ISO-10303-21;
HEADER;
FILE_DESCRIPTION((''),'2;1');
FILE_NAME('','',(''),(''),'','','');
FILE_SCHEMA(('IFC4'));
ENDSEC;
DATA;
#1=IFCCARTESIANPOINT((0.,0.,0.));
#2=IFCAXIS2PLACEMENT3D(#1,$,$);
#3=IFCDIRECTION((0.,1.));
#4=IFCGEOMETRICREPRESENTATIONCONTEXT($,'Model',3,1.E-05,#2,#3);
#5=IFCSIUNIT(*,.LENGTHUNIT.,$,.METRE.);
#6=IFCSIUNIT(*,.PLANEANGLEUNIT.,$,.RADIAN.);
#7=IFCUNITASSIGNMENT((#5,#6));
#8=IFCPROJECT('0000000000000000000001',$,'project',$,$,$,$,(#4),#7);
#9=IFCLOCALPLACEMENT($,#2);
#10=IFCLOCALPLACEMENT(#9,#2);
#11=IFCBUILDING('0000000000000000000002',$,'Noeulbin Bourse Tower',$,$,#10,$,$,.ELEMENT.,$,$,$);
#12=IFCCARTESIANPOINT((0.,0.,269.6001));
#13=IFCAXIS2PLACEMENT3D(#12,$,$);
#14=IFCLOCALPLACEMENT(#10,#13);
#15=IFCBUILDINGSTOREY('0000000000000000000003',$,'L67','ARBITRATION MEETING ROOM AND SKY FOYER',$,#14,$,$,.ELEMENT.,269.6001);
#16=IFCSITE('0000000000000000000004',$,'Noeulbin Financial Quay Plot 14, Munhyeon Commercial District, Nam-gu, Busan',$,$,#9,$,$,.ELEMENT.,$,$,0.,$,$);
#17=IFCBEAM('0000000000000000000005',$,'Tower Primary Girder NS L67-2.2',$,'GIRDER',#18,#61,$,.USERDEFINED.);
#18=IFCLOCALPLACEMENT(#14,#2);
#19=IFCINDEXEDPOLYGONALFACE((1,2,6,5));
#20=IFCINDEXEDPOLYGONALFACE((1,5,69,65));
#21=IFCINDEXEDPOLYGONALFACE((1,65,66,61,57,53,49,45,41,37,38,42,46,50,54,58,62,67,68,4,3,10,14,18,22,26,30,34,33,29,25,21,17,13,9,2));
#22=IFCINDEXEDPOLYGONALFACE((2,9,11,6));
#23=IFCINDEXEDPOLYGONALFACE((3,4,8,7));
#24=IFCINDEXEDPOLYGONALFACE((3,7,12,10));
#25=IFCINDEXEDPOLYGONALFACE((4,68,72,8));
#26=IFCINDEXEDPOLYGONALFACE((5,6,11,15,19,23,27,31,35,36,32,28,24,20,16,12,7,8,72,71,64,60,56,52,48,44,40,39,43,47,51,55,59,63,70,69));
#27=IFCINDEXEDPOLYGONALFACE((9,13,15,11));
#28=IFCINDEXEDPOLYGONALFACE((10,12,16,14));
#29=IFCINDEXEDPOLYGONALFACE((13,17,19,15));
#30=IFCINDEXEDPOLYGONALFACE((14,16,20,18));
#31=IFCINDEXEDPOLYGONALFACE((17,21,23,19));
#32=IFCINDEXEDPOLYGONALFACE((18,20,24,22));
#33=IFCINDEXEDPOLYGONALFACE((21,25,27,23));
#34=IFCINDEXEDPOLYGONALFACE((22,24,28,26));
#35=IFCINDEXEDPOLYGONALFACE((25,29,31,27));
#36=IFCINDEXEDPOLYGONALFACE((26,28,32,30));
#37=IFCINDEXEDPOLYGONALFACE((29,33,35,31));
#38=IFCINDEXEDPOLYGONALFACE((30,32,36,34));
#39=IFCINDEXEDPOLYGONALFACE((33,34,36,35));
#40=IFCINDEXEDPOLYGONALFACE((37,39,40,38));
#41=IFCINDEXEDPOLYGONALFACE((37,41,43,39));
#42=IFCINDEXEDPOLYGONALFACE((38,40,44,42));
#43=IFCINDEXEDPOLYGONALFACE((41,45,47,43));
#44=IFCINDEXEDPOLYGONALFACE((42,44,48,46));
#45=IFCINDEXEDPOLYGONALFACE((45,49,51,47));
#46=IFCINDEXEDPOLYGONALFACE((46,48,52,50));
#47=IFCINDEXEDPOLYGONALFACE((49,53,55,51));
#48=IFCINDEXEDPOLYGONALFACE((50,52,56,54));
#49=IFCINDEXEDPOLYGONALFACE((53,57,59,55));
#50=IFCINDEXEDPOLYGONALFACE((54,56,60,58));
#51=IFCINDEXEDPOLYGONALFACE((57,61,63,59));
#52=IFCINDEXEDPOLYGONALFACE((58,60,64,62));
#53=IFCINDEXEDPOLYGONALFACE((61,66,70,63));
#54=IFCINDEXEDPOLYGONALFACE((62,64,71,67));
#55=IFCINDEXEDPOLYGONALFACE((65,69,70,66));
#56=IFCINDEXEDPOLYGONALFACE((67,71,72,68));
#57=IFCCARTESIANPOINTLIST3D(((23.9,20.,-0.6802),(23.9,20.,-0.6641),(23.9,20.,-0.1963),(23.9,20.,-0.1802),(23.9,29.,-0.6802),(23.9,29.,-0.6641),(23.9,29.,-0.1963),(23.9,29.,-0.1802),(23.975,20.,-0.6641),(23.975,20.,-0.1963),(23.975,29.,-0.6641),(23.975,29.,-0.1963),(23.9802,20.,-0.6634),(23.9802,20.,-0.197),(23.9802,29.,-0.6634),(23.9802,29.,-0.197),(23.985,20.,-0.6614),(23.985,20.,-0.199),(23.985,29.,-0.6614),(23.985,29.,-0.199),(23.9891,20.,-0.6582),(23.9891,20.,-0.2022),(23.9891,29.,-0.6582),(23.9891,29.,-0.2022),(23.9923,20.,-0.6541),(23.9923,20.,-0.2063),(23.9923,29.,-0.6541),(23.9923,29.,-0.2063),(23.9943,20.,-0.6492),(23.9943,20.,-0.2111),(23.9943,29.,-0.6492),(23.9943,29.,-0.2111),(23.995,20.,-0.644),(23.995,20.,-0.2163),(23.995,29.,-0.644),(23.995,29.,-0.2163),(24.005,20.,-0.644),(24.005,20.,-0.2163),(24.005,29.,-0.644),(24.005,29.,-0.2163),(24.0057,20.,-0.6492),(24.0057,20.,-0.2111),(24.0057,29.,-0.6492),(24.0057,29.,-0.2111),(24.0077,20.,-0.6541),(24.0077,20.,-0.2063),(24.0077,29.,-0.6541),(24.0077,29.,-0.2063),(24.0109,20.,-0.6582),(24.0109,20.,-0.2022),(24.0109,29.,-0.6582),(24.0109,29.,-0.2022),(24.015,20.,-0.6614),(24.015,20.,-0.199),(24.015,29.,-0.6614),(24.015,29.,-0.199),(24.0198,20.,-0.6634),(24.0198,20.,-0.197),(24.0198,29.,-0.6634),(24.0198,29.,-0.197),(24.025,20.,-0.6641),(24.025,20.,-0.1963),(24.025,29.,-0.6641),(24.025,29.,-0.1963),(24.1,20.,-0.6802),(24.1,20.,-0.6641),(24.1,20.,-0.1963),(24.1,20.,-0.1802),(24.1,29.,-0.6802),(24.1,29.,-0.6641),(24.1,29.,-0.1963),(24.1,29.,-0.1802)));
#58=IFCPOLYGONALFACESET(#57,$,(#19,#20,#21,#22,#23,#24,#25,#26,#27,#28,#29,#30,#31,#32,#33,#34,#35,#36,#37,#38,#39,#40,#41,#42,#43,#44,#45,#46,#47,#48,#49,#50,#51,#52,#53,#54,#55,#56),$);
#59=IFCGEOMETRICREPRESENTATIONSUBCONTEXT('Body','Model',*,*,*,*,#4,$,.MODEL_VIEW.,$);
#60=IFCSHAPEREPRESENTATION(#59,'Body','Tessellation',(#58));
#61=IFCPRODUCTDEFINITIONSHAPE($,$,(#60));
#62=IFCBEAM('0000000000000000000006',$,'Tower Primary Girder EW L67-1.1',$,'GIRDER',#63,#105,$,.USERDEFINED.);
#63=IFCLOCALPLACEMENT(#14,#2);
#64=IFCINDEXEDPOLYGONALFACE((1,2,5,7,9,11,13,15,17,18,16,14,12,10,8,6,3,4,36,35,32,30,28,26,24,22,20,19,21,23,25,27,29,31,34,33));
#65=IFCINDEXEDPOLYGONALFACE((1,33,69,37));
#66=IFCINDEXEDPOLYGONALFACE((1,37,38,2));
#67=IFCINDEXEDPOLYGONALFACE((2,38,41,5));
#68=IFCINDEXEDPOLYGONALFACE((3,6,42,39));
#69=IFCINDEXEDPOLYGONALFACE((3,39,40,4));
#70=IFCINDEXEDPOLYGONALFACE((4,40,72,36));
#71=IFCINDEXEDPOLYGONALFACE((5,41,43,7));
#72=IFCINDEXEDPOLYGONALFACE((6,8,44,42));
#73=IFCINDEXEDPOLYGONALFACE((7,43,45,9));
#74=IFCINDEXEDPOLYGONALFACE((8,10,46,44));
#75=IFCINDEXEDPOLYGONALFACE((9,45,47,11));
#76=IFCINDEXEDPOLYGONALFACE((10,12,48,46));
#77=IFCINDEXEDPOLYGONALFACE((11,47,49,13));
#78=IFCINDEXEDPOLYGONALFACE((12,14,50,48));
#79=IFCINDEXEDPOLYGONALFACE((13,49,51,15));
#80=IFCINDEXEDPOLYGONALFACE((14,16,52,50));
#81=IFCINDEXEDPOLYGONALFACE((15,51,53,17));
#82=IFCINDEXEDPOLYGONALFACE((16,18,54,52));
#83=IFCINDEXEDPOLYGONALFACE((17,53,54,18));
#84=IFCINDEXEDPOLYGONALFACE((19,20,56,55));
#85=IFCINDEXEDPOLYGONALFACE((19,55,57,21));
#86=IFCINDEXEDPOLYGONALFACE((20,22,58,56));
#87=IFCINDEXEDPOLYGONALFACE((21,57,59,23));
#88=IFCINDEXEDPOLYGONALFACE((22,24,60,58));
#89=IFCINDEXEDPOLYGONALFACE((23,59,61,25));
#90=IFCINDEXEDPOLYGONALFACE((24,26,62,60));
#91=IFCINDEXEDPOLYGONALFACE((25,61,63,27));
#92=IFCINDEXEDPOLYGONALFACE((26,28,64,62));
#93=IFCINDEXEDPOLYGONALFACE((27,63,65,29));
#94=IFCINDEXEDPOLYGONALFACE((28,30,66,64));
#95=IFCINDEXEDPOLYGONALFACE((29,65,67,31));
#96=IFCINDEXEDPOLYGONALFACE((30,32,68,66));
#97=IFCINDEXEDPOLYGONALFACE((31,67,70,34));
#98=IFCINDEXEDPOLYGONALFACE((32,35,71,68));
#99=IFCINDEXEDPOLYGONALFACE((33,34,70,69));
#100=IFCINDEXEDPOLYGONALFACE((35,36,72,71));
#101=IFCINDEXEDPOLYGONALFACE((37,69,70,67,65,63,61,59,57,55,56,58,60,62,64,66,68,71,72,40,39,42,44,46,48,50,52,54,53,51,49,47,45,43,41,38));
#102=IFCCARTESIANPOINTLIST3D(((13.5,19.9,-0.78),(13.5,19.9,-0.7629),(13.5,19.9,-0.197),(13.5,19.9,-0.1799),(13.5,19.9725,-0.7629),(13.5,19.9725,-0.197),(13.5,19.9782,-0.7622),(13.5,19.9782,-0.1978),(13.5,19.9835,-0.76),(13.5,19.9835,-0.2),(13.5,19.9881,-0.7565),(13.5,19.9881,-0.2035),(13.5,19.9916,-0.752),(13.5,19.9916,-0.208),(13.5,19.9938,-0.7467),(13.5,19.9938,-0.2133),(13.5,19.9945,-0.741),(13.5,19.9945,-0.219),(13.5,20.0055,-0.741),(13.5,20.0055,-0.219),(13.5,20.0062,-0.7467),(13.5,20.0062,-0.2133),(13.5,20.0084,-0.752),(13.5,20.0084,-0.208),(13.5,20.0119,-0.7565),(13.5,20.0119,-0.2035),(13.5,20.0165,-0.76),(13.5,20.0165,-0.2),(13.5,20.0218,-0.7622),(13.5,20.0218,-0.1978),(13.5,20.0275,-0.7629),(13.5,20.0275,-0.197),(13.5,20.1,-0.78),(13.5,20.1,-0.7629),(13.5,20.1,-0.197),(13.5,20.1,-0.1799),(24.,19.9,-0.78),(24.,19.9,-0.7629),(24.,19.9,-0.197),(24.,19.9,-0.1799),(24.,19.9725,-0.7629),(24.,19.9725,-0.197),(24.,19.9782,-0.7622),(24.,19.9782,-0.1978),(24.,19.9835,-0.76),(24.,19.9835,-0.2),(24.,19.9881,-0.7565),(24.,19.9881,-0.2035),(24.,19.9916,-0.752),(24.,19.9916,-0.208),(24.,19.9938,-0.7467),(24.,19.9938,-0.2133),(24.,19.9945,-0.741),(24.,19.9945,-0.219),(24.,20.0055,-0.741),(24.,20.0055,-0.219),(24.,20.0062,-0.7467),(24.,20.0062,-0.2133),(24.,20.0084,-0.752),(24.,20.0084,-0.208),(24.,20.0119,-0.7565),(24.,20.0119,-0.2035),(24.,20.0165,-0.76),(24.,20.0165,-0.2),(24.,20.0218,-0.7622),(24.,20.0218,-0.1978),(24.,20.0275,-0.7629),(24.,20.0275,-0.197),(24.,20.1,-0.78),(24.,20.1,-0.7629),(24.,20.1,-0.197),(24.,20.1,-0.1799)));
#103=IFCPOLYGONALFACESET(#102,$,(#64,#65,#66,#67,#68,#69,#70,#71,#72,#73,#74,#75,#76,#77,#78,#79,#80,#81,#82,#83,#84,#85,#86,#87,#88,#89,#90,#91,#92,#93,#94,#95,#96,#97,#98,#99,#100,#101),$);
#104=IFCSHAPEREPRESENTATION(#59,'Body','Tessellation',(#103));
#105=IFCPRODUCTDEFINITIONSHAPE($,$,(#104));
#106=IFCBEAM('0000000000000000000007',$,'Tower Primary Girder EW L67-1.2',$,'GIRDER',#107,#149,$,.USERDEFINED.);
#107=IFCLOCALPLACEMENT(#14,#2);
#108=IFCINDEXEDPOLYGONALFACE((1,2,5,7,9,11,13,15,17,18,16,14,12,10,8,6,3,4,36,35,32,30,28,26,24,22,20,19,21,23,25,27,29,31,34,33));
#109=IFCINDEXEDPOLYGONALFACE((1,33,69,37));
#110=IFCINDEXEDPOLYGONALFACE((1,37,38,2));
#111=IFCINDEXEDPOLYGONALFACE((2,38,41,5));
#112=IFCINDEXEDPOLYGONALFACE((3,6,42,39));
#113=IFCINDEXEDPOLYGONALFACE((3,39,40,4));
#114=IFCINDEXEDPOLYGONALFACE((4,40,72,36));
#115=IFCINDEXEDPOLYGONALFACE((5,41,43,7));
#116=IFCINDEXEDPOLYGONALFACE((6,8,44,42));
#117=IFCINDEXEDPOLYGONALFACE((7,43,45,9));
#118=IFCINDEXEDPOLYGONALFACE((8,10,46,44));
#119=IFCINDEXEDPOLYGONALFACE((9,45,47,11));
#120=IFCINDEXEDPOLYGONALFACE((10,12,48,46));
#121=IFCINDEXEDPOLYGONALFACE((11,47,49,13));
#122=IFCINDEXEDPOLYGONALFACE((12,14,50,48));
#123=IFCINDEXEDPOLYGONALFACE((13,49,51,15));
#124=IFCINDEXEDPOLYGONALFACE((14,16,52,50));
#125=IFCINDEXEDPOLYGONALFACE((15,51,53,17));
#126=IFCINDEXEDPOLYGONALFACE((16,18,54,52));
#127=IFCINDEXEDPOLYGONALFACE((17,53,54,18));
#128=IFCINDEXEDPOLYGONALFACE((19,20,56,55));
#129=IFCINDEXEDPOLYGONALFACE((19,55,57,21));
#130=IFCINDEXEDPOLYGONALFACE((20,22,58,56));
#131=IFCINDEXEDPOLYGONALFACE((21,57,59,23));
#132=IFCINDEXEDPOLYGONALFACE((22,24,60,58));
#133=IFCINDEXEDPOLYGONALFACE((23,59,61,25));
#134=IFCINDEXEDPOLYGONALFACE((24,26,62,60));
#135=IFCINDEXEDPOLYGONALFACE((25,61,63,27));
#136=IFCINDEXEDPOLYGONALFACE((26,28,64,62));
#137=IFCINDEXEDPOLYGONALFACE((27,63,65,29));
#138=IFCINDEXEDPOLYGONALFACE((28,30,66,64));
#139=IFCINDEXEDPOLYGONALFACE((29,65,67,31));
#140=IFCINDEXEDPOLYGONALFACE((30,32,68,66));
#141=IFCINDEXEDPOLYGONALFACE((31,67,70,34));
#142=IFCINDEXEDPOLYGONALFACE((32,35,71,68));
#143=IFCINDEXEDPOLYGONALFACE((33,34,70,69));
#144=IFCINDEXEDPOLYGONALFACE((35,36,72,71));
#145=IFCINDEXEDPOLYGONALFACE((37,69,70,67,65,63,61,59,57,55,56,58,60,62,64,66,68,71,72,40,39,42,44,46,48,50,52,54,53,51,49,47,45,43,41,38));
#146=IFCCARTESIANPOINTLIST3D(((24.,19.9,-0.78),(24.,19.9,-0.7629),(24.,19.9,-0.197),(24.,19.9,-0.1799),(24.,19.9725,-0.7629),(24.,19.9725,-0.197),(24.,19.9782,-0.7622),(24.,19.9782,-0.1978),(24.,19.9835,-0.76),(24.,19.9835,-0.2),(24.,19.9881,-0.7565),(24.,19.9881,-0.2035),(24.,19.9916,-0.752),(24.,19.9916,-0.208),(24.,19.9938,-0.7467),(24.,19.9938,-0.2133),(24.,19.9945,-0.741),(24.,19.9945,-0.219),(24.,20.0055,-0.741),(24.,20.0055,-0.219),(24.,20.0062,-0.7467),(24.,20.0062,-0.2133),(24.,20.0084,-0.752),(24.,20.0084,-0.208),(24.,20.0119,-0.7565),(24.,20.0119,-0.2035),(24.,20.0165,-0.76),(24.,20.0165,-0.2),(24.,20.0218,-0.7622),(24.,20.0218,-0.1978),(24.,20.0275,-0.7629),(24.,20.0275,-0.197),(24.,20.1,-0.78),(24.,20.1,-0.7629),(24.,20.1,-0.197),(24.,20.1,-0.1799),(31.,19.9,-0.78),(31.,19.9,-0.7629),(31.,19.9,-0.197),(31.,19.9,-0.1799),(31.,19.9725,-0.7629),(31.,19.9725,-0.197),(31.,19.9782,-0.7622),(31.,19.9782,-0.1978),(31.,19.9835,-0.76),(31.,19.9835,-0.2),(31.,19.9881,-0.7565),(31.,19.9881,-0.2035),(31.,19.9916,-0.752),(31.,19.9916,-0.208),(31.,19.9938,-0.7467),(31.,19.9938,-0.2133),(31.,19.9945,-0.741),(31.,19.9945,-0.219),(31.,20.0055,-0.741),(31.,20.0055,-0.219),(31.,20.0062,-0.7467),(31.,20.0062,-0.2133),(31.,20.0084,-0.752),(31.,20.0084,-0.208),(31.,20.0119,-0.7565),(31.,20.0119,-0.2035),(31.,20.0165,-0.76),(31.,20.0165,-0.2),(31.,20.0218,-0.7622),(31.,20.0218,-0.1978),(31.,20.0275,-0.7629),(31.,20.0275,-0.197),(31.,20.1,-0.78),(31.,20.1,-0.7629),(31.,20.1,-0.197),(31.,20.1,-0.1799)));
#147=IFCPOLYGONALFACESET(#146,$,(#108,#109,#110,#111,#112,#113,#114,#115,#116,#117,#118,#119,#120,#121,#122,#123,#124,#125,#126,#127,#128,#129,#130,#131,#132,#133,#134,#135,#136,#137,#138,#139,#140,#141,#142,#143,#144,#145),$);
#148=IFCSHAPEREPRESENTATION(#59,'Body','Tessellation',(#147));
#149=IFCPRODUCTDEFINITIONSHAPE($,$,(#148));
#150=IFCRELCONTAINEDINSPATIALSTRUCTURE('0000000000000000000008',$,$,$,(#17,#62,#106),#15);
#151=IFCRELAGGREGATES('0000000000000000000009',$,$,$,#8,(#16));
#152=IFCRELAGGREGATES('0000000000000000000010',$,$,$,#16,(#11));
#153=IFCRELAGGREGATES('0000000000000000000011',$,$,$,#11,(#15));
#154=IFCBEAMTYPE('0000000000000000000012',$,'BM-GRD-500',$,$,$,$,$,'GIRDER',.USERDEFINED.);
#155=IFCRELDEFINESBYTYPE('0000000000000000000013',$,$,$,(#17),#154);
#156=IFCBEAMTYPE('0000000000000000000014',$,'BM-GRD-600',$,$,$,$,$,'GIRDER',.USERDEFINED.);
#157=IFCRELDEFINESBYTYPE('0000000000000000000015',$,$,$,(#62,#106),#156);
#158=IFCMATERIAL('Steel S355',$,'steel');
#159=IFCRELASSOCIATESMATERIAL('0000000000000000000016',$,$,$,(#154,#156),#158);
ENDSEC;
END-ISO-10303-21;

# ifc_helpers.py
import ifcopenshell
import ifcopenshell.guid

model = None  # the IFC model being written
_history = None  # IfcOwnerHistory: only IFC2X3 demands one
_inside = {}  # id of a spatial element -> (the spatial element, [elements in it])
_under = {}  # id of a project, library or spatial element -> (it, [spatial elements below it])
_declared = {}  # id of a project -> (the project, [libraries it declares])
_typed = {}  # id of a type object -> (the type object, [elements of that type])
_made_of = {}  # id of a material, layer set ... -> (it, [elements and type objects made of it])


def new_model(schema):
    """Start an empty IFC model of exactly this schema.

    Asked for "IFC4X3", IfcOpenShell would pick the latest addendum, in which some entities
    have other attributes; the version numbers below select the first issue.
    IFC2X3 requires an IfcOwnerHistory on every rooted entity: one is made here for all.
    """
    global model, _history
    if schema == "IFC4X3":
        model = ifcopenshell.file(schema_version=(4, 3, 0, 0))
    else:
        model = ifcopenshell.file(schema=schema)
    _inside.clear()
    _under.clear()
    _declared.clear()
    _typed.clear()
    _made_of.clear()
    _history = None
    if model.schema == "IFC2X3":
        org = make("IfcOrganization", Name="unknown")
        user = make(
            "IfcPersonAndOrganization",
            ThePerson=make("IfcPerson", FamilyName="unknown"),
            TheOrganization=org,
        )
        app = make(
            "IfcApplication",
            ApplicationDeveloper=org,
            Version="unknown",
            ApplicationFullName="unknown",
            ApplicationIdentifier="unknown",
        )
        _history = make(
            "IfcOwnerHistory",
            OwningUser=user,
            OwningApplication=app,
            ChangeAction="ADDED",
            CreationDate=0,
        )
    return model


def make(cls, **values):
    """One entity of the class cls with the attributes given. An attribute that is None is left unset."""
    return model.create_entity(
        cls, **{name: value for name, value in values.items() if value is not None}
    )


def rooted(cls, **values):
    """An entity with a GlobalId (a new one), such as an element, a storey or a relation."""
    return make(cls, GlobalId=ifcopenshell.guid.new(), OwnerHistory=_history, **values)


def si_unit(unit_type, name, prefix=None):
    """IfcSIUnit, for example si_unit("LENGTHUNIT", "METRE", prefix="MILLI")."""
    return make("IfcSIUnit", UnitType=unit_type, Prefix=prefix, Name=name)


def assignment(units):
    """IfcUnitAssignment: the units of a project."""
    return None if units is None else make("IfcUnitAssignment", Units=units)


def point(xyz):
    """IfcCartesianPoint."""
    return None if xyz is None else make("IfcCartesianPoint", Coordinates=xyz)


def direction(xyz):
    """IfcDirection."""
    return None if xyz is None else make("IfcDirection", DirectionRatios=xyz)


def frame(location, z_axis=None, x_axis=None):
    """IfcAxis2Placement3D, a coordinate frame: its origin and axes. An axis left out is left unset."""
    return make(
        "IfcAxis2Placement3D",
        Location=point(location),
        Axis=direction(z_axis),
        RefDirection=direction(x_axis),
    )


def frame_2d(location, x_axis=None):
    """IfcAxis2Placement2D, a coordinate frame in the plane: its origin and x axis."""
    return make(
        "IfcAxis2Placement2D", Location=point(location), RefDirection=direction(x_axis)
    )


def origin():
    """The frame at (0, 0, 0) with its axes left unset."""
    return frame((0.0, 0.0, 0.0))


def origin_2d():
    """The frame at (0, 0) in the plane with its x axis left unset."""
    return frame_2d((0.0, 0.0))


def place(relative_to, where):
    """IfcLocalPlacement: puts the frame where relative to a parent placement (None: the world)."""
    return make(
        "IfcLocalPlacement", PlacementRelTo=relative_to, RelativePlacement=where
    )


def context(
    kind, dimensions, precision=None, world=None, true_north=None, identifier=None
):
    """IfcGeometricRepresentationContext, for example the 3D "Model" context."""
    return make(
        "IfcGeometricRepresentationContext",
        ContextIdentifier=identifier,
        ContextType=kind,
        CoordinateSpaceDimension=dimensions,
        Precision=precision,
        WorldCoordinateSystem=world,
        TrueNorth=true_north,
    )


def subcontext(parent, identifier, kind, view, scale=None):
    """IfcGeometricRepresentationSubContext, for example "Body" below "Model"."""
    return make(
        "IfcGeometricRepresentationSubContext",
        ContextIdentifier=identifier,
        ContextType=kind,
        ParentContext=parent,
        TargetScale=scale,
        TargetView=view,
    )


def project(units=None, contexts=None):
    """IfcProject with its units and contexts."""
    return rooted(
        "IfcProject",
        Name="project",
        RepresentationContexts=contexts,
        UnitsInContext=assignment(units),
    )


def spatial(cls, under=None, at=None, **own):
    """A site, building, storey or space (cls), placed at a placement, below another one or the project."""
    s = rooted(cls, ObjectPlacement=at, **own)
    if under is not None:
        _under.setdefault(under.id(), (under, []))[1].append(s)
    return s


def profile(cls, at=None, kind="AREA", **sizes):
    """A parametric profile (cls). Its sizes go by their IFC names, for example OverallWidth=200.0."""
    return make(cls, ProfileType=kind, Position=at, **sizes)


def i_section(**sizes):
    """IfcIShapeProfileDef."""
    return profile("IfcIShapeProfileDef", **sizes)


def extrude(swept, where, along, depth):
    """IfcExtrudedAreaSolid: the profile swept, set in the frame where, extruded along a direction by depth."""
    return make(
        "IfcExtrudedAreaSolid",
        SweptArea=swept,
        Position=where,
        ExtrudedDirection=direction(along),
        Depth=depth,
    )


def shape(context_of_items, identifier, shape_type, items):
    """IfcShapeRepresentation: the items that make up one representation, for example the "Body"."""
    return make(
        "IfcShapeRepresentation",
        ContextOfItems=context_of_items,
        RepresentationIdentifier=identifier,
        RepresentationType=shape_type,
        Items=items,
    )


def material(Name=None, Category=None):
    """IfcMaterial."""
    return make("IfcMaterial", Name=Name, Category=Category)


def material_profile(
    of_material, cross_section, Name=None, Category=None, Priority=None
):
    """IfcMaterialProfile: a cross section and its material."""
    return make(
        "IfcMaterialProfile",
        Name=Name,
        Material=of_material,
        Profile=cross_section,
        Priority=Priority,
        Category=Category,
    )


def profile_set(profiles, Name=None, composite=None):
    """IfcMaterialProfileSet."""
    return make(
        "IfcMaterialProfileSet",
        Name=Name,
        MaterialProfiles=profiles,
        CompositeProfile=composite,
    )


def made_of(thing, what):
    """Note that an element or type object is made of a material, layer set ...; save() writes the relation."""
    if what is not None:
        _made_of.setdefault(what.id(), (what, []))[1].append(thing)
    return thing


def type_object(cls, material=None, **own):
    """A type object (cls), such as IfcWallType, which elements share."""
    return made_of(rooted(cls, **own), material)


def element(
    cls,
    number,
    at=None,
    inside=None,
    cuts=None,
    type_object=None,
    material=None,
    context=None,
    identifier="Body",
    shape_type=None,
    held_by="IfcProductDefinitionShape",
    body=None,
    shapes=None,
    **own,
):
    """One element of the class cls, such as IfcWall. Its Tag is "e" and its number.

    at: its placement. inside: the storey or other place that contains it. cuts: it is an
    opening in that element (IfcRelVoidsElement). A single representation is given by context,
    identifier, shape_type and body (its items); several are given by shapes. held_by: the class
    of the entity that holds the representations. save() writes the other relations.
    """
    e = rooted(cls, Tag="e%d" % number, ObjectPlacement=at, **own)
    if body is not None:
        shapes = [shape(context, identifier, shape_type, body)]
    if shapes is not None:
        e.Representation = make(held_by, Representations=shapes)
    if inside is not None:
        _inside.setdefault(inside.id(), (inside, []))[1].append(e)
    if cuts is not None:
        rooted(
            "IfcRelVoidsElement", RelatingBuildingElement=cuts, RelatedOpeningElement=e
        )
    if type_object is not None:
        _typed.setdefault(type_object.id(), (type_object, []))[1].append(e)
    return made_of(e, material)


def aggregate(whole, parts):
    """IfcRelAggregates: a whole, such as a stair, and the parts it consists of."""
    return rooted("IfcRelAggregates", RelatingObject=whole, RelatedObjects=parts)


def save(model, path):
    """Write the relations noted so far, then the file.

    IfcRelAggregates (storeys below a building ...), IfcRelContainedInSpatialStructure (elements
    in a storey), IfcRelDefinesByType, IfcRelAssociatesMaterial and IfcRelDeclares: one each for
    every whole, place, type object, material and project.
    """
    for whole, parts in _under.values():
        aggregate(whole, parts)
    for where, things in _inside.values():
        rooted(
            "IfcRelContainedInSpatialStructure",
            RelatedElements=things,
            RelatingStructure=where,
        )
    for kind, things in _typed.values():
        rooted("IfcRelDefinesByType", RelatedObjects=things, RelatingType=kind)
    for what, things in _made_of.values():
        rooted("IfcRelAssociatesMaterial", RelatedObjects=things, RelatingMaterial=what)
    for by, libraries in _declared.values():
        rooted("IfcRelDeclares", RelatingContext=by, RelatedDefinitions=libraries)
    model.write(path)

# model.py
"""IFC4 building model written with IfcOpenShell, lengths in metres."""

from ifc_helpers import new_model, si_unit, direction, frame, origin, origin_2d, place, context, subcontext, project, spatial, i_section, extrude, material, material_profile, profile_set, type_object, element, save


model = new_model("IFC4")

# Units and contexts
model_context = context("Model", 3, precision=1e-05, world=origin(), true_north=direction((0.0, 1.0)))
body_context = subcontext(model_context, "Body", "Model", "MODEL_VIEW")
ifc_project = project(units=[si_unit("LENGTHUNIT", "METRE"), si_unit("PLANEANGLEUNIT", "RADIAN")], contexts=[model_context])

# Site, building, storey
site_placement = place(None, origin())
site = spatial("IfcSite", under=ifc_project, at=site_placement, Name="Noeulbin Financial Quay Plot 14, Munhyeon Commercial District, Nam-gu, Busan", CompositionType="ELEMENT", RefElevation=0.0)
building_placement = place(site_placement, origin())
building = spatial("IfcBuilding", under=site, at=building_placement, Name="Noeulbin Bourse Tower", CompositionType="ELEMENT")
storey_placement = place(building_placement, frame((0.0, 0.0, 269.6001)))
storey = spatial("IfcBuildingStorey", under=building, at=storey_placement, Name="L67", Description="ARBITRATION MEETING ROOM AND SKY FOYER", CompositionType="ELEMENT", Elevation=269.6001)

# Shared definitions
ifc_material_1 = material(Name="Steel S355", Category="steel")

# Beams
ifc_material_profile_1 = material_profile(ifc_material_1, i_section(OverallWidth=0.2, OverallDepth=0.5, WebThickness=0.01, FlangeThickness=0.0161, FilletRadius=0.02, at=origin_2d()), Name="H-500x200x10x16", Category="LoadBearing")
ifc_profile_set_1 = profile_set([ifc_material_profile_1], Name="Steel S355")
beam_type_1 = type_object("IfcBeamType", Name="BM-GRD-500", ElementType="GIRDER", PredefinedType="USERDEFINED", material=ifc_profile_set_1)
beam_1_placement = place(storey_placement, frame((24.0, 20.0, -0.4302), z_axis=(0.0, 1.0, 0.0), x_axis=(-1.0, 0.0, 0.0)))
element("IfcBeam", 1, at=beam_1_placement, inside=storey, type_object=beam_type_1, Name="Tower Primary Girder NS L67-2.2", ObjectType="GIRDER", PredefinedType="USERDEFINED", context=body_context, shape_type="SweptSolid", body=[
    extrude(i_section(OverallWidth=0.2, OverallDepth=0.5, WebThickness=0.01, FlangeThickness=0.0161, FilletRadius=0.02, at=origin_2d()), origin(), (0.0, 0.0, 1.0), 9.0),
])
ifc_material_profile_2 = material_profile(ifc_material_1, i_section(OverallWidth=0.2, OverallDepth=0.6001, WebThickness=0.011, FlangeThickness=0.0171, FilletRadius=0.022, at=origin_2d()), Name="H-600x200x11x17", Category="LoadBearing")
ifc_profile_set_2 = profile_set([ifc_material_profile_2], Name="Steel S355")
beam_type_2 = type_object("IfcBeamType", Name="BM-GRD-600", ElementType="GIRDER", PredefinedType="USERDEFINED", material=ifc_profile_set_2)
beam_2_placement = place(storey_placement, frame((13.5, 20.0, -0.48), z_axis=(1.0, 0.0, 0.0), x_axis=(0.0, 1.0, 0.0)))
element("IfcBeam", 2, at=beam_2_placement, inside=storey, type_object=beam_type_2, Name="Tower Primary Girder EW L67-1.1", ObjectType="GIRDER", PredefinedType="USERDEFINED", context=body_context, shape_type="SweptSolid", body=[
    extrude(i_section(OverallWidth=0.2, OverallDepth=0.6001, WebThickness=0.011, FlangeThickness=0.0171, FilletRadius=0.022, at=origin_2d()), origin(), (0.0, 0.0, 1.0), 10.5),
])
beam_3_placement = place(storey_placement, frame((24.0, 20.0, -0.48), z_axis=(1.0, 0.0, 0.0), x_axis=(0.0, 1.0, 0.0)))
element("IfcBeam", 3, at=beam_3_placement, inside=storey, type_object=beam_type_2, Name="Tower Primary Girder EW L67-1.2", ObjectType="GIRDER", PredefinedType="USERDEFINED", context=body_context, shape_type="SweptSolid", body=[
    extrude(i_section(OverallWidth=0.2, OverallDepth=0.6001, WebThickness=0.011, FlangeThickness=0.0171, FilletRadius=0.022, at=origin_2d()), origin(), (0.0, 0.0, 1.0), 7.0),
])

save(model, "model.ifc")
